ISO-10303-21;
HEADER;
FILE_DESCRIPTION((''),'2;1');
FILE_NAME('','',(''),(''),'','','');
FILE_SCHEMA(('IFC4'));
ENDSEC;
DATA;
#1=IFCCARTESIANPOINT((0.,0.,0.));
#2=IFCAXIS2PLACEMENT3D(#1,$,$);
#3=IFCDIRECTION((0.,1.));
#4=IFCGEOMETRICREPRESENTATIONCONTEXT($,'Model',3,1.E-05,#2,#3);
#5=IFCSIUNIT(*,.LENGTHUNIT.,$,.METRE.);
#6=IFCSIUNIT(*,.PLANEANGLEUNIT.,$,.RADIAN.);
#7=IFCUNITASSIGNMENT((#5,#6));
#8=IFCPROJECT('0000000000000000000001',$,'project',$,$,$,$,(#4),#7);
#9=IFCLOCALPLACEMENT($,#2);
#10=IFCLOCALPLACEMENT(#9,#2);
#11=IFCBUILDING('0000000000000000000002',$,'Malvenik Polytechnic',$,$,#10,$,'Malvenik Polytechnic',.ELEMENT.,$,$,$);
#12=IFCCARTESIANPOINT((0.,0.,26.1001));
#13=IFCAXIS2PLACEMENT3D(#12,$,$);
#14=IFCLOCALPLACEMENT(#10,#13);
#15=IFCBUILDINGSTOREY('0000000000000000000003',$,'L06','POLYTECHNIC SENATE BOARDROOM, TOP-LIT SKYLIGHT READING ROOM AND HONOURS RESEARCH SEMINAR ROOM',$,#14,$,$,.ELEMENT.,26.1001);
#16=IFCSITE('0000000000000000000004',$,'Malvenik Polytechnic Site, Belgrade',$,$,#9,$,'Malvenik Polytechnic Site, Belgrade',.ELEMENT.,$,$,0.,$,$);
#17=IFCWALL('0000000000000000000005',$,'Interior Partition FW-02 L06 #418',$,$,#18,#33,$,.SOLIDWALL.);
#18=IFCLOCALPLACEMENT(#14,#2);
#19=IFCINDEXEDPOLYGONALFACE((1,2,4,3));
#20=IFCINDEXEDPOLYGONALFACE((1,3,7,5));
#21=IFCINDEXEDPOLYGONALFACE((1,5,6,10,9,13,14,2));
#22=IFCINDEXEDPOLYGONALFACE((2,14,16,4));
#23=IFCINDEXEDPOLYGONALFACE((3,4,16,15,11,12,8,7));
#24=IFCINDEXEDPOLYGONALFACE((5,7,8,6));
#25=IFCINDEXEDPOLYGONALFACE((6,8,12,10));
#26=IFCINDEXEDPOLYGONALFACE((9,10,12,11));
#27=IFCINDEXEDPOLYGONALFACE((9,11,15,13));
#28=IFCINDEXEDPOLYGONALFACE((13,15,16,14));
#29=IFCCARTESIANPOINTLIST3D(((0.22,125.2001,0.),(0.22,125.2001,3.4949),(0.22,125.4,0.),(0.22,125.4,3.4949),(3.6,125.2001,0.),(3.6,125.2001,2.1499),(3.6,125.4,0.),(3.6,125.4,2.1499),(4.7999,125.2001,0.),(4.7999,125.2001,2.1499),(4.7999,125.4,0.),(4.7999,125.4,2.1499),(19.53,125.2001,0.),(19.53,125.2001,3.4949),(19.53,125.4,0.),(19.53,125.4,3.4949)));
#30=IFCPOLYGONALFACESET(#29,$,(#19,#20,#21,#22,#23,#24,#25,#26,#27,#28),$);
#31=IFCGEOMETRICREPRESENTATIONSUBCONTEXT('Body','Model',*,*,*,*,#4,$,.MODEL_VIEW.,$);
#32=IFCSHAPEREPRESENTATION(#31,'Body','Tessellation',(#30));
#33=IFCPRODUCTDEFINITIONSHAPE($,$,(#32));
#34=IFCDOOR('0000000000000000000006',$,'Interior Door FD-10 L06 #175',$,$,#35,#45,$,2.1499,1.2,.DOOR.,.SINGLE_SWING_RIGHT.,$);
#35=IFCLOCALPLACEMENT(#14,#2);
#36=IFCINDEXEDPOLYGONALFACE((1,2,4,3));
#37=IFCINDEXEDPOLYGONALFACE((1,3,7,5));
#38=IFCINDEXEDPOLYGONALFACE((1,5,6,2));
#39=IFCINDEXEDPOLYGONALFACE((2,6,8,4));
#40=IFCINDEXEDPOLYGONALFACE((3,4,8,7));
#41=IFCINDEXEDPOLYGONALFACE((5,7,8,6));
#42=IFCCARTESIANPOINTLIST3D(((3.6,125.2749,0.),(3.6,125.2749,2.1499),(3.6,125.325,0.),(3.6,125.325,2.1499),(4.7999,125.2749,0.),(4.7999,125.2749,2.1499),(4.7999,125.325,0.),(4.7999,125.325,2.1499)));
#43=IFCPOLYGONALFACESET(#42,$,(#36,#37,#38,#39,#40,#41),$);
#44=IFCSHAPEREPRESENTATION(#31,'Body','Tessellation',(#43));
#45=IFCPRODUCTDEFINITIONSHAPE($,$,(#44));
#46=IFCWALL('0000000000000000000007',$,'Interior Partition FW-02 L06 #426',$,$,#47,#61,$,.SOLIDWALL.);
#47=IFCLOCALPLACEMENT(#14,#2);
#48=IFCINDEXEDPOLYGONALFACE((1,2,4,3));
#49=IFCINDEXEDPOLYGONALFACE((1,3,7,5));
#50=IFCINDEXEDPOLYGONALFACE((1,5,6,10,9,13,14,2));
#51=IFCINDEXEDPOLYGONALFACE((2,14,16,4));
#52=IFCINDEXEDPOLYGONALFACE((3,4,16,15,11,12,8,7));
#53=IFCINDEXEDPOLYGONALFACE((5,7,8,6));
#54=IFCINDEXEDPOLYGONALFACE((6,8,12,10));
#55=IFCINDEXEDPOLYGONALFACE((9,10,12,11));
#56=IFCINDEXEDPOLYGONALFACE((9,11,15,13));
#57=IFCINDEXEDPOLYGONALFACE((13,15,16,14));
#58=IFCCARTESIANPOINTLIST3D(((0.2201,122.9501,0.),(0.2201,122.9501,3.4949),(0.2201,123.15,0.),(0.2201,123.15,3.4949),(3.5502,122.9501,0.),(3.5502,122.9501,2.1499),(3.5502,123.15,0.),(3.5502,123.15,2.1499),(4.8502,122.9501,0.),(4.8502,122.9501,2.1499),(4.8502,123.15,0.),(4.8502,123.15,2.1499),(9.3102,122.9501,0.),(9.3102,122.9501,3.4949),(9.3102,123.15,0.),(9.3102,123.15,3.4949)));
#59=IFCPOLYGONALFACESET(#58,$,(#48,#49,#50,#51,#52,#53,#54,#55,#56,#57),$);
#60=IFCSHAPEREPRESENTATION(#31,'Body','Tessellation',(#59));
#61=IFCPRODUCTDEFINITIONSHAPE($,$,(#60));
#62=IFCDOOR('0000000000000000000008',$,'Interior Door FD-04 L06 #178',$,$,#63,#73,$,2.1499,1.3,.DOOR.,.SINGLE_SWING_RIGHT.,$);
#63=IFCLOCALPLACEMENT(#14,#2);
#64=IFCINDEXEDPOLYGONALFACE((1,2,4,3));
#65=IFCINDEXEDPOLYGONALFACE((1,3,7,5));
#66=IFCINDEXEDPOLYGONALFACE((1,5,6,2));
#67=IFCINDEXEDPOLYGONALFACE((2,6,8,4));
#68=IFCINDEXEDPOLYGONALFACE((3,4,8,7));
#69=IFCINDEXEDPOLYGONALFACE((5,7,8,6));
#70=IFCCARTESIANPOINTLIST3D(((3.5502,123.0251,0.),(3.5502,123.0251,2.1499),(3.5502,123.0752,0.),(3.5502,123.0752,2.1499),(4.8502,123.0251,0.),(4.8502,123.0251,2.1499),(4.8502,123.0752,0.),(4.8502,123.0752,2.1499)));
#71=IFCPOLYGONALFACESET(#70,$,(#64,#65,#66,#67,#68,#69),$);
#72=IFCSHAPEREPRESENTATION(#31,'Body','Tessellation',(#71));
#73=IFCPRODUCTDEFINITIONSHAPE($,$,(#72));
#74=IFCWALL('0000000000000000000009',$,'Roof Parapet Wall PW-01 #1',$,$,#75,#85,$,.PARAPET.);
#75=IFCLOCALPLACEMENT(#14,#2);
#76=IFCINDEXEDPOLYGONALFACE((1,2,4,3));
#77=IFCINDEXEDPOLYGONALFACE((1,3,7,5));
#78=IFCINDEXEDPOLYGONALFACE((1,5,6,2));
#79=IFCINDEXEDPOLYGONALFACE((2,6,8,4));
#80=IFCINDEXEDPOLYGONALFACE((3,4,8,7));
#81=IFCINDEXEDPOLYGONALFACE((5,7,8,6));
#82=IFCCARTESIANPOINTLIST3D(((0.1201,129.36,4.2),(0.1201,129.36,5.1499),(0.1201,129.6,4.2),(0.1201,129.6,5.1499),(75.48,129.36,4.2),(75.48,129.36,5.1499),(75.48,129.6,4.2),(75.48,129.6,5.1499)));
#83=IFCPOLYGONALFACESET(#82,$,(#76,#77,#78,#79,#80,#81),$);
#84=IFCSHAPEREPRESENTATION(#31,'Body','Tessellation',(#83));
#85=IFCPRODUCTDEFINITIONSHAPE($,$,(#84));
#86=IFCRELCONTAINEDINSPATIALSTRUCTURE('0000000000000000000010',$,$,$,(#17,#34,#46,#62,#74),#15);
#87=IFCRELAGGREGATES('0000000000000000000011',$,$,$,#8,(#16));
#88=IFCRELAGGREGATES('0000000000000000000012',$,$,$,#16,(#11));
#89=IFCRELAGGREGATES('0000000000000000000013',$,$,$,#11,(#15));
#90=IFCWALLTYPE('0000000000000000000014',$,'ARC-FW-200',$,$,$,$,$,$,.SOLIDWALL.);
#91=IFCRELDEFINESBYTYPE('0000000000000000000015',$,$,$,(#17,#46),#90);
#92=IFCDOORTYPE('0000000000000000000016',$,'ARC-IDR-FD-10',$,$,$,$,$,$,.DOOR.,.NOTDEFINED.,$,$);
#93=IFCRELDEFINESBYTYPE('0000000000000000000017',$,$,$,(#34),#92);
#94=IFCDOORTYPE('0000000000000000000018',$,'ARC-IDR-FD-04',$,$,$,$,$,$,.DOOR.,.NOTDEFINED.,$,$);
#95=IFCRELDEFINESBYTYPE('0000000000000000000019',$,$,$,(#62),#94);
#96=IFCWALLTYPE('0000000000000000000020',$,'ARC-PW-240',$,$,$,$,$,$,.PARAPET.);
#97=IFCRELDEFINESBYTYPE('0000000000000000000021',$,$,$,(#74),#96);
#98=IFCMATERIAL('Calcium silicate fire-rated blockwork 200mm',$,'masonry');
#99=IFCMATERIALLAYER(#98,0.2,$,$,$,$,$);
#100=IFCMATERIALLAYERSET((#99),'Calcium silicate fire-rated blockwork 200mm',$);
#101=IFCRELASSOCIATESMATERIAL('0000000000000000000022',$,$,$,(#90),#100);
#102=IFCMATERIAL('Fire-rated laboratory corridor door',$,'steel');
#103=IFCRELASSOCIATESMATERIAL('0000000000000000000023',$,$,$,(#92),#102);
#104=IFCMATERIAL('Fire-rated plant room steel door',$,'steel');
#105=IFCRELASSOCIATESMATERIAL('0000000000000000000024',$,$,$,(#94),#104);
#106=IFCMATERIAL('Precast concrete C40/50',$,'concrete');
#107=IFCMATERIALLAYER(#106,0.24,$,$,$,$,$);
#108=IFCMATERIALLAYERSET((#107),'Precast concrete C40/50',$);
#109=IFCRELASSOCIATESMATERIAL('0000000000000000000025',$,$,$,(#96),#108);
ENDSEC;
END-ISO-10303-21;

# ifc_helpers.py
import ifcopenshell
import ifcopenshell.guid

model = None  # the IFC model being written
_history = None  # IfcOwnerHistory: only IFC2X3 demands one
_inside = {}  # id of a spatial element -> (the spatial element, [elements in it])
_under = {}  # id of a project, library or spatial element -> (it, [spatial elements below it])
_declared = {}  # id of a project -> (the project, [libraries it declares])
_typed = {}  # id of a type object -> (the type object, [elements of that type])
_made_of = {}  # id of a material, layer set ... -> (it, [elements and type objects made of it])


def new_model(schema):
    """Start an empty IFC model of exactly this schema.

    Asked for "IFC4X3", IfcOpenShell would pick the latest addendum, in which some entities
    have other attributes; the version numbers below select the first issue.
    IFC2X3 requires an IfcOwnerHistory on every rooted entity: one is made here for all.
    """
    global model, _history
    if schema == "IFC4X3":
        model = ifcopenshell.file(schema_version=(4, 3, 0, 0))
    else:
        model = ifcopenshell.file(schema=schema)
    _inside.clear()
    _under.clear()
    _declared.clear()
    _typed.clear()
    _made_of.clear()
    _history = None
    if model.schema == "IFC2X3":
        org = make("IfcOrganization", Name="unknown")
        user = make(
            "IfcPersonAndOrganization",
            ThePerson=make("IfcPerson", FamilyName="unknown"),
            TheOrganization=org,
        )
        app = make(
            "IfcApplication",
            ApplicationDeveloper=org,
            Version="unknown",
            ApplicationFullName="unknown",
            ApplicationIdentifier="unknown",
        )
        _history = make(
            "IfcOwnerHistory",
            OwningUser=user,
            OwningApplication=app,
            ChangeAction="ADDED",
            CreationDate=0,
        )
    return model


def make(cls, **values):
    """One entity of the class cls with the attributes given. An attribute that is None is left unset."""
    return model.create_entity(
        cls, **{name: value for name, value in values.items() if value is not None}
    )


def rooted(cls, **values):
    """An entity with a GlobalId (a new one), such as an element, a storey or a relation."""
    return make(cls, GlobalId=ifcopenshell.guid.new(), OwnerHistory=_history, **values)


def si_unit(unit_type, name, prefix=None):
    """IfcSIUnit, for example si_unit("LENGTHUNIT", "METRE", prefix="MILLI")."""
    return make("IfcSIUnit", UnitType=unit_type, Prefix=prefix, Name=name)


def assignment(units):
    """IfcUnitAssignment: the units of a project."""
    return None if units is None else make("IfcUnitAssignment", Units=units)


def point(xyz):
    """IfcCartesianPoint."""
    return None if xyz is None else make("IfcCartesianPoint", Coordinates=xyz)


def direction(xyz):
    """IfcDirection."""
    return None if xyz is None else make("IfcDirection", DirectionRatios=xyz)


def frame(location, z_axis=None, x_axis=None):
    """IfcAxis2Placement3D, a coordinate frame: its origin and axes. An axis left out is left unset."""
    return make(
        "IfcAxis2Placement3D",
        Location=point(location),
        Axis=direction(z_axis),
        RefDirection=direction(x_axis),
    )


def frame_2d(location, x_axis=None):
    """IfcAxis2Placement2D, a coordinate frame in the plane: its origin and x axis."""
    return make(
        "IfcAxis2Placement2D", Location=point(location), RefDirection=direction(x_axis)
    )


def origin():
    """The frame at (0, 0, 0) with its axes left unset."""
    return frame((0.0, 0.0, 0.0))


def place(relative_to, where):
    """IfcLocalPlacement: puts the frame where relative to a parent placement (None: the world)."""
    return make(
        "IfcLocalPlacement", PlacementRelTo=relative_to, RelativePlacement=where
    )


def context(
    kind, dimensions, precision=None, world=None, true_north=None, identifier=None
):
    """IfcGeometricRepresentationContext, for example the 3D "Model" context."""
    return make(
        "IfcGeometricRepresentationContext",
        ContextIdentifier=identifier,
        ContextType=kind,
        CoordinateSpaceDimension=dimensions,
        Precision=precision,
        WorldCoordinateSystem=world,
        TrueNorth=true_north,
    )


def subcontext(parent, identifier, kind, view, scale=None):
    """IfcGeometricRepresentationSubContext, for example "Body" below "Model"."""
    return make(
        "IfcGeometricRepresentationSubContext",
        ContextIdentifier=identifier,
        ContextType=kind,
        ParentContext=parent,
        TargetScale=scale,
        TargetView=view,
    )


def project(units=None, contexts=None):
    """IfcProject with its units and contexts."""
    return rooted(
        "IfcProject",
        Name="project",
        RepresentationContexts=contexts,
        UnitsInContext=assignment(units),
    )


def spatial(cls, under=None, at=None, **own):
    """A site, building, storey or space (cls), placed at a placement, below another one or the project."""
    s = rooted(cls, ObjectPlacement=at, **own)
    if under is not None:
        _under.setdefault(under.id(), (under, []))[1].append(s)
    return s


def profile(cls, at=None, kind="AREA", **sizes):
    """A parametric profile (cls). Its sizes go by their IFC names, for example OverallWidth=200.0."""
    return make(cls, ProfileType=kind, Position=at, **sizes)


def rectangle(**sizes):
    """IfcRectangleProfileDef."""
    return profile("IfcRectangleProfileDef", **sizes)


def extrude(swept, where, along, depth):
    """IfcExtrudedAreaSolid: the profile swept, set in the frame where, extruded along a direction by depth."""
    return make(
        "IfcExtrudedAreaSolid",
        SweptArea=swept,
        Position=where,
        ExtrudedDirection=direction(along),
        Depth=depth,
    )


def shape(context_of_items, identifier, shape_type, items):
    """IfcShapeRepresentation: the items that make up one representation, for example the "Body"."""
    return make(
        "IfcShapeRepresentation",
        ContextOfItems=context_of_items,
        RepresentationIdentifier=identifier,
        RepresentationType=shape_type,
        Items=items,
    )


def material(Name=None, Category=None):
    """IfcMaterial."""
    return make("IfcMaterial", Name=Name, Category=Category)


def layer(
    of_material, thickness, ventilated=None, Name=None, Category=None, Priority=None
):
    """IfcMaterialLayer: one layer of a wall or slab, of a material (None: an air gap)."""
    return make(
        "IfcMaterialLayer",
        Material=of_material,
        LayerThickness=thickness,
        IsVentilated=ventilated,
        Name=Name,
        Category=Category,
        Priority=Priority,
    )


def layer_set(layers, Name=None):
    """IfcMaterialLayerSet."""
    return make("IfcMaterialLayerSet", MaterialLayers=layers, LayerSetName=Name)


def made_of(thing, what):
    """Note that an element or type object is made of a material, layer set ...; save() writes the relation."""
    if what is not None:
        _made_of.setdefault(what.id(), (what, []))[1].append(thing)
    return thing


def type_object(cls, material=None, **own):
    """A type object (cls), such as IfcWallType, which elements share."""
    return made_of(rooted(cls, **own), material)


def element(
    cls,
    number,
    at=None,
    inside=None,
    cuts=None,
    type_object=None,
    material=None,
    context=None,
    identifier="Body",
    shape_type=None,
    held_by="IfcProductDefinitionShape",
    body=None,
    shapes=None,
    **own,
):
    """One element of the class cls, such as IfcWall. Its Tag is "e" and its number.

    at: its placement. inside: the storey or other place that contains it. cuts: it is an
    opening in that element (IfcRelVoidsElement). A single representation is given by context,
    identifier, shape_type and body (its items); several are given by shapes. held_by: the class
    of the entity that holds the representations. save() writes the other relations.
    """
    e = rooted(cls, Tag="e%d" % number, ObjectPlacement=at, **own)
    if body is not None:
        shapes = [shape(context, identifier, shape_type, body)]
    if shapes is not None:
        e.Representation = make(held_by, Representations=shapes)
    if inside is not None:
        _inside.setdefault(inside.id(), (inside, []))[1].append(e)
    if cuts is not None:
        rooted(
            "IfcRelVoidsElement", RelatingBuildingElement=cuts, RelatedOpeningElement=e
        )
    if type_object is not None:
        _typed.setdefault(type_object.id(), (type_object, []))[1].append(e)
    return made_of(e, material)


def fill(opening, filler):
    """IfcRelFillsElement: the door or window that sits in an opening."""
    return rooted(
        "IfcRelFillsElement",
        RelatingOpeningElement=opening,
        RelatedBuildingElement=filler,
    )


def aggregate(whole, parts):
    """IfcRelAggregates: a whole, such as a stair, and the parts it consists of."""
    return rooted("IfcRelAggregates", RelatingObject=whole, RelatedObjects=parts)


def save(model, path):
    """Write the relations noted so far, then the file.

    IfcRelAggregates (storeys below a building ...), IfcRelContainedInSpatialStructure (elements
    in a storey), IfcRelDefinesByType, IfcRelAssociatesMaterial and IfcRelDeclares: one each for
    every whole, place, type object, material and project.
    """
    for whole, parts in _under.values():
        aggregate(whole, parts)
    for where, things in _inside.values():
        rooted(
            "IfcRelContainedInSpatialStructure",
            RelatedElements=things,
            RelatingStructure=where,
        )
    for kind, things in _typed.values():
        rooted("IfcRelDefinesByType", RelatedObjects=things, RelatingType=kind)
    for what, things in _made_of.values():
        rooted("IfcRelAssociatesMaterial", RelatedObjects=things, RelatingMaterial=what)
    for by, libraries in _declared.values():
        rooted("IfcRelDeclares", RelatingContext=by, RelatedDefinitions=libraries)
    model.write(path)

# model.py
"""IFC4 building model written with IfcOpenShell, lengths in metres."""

from ifc_helpers import new_model, si_unit, direction, frame, frame_2d, origin, place, context, subcontext, project, spatial, rectangle, extrude, material, layer, layer_set, type_object, element, fill, save


model = new_model("IFC4")

# Units and contexts
model_context = context("Model", 3, precision=1e-05, world=origin(), true_north=direction((0.0, 1.0)))
body_context = subcontext(model_context, "Body", "Model", "MODEL_VIEW")
ifc_project = project(units=[si_unit("LENGTHUNIT", "METRE"), si_unit("PLANEANGLEUNIT", "RADIAN")], contexts=[model_context])

# Site, building, storey
site_placement = place(None, origin())
site = spatial("IfcSite", under=ifc_project, at=site_placement, Name="Malvenik Polytechnic Site, Belgrade", LongName="Malvenik Polytechnic Site, Belgrade", CompositionType="ELEMENT", RefElevation=0.0)
building_placement = place(site_placement, origin())
building = spatial("IfcBuilding", under=site, at=building_placement, Name="Malvenik Polytechnic", LongName="Malvenik Polytechnic", CompositionType="ELEMENT")
storey_placement = place(building_placement, frame((0.0, 0.0, 26.1001)))
storey = spatial("IfcBuildingStorey", under=building, at=storey_placement, Name="L06", Description="POLYTECHNIC SENATE BOARDROOM, TOP-LIT SKYLIGHT READING ROOM AND HONOURS RESEARCH SEMINAR ROOM", CompositionType="ELEMENT", Elevation=26.1001)

# Shared definitions
ifc_material_1 = material(Name="Precast concrete C40/50", Category="concrete")

# Walls, openings, doors
ifc_material_2 = material(Name="Calcium silicate fire-rated blockwork 200mm", Category="masonry")
ifc_layer_1 = layer(ifc_material_2, 0.2)
ifc_layer_set_1 = layer_set([ifc_layer_1], Name="Calcium silicate fire-rated blockwork 200mm")
wall_type_1 = type_object("IfcWallType", Name="ARC-FW-200", PredefinedType="SOLIDWALL", material=ifc_layer_set_1)
wall_1_placement = place(storey_placement, frame((0.22, 125.3, 0.0), z_axis=(0.0, 0.0, 1.0), x_axis=(1.0, 0.0, 0.0)))
wall_1 = element("IfcWall", 1, at=wall_1_placement, inside=storey, type_object=wall_type_1, Name="Interior Partition FW-02 L06 #418", PredefinedType="SOLIDWALL", context=body_context, shape_type="SweptSolid", body=[
    extrude(rectangle(XDim=19.3101, YDim=0.2, at=frame_2d((9.655, 0.0))), origin(), (0.0, 0.0, 1.0), 3.4949),
])
opening_1_placement = place(wall_1_placement, frame((3.3799, 0.0, 0.0)))
opening_1 = element("IfcOpeningElement", 2, at=opening_1_placement, cuts=wall_1, PredefinedType="OPENING", context=body_context, shape_type="SweptSolid", body=[
    extrude(rectangle(XDim=1.2, YDim=2.1499, at=frame_2d((0.6001, 1.075))), frame((0.0, 0.1099, 0.0), z_axis=(0.0, -1.0, 0.0), x_axis=(1.0, 0.0, 0.0)), (0.0, 0.0, 1.0), 0.22),
])
ifc_material_3 = material(Name="Fire-rated laboratory corridor door", Category="steel")
door_type_1 = type_object("IfcDoorType", Name="ARC-IDR-FD-10", OperationType="NOTDEFINED", PredefinedType="DOOR", material=ifc_material_3)
door_1_placement = place(opening_1_placement, origin())
door_1 = element("IfcDoor", 3, at=door_1_placement, inside=storey, type_object=door_type_1, Name="Interior Door FD-10 L06 #175", OperationType="SINGLE_SWING_RIGHT", OverallHeight=2.1499, OverallWidth=1.2, PredefinedType="DOOR", context=body_context, shape_type="SweptSolid", body=[
    extrude(rectangle(XDim=1.2, YDim=2.1499, at=frame_2d((0.6001, 1.075))), frame((0.0, 0.0249, 0.0), z_axis=(0.0, -1.0, 0.0), x_axis=(1.0, 0.0, 0.0)), (0.0, 0.0, 1.0), 0.05),
])
fill(opening_1, door_1)
wall_2_placement = place(storey_placement, frame((9.3101, 123.05, 0.0), z_axis=(0.0, 0.0, 1.0), x_axis=(-1.0, 0.0, 0.0)))
wall_2 = element("IfcWall", 4, at=wall_2_placement, inside=storey, type_object=wall_type_1, Name="Interior Partition FW-02 L06 #426", PredefinedType="SOLIDWALL", context=body_context, shape_type="SweptSolid", body=[
    extrude(rectangle(XDim=9.0901, YDim=0.2, at=frame_2d((4.5449, 0.0))), origin(), (0.0, 0.0, 1.0), 3.4949),
])
opening_2_placement = place(wall_2_placement, frame((4.46, 0.0, 0.0)))
opening_2 = element("IfcOpeningElement", 5, at=opening_2_placement, cuts=wall_2, PredefinedType="OPENING", context=body_context, shape_type="SweptSolid", body=[
    extrude(rectangle(XDim=1.3, YDim=2.1499, at=frame_2d((0.6499, 1.075))), frame((0.0, 0.1099, 0.0), z_axis=(0.0, -1.0, 0.0), x_axis=(1.0, 0.0, 0.0)), (0.0, 0.0, 1.0), 0.22),
])
ifc_material_4 = material(Name="Fire-rated plant room steel door", Category="steel")
door_type_2 = type_object("IfcDoorType", Name="ARC-IDR-FD-04", OperationType="NOTDEFINED", PredefinedType="DOOR", material=ifc_material_4)
door_2_placement = place(opening_2_placement, origin())
door_2 = element("IfcDoor", 6, at=door_2_placement, inside=storey, type_object=door_type_2, Name="Interior Door FD-04 L06 #178", OperationType="SINGLE_SWING_RIGHT", OverallHeight=2.1499, OverallWidth=1.3, PredefinedType="DOOR", context=body_context, shape_type="SweptSolid", body=[
    extrude(rectangle(XDim=1.3, YDim=2.1499, at=frame_2d((0.6499, 1.075))), frame((0.0, 0.0249, 0.0), z_axis=(0.0, -1.0, 0.0), x_axis=(1.0, 0.0, 0.0)), (0.0, 0.0, 1.0), 0.05),
])
fill(opening_2, door_2)

# Wall
ifc_layer_2 = layer(ifc_material_1, 0.24)
ifc_layer_set_2 = layer_set([ifc_layer_2], Name="Precast concrete C40/50")
wall_type_2 = type_object("IfcWallType", Name="ARC-PW-240", PredefinedType="PARAPET", material=ifc_layer_set_2)
wall_3_placement = place(storey_placement, frame((0.1201, 129.48, 4.2), z_axis=(0.0, 0.0, 1.0), x_axis=(1.0, 0.0, 0.0)))
element("IfcWall", 7, at=wall_3_placement, inside=storey, type_object=wall_type_2, Name="Roof Parapet Wall PW-01 #1", PredefinedType="PARAPET", context=body_context, shape_type="SweptSolid", body=[
    extrude(rectangle(XDim=75.3599, YDim=0.24, at=frame_2d((37.6799, 0.0))), origin(), (0.0, 0.0, 1.0), 0.95),
])

save(model, "model.ifc")
